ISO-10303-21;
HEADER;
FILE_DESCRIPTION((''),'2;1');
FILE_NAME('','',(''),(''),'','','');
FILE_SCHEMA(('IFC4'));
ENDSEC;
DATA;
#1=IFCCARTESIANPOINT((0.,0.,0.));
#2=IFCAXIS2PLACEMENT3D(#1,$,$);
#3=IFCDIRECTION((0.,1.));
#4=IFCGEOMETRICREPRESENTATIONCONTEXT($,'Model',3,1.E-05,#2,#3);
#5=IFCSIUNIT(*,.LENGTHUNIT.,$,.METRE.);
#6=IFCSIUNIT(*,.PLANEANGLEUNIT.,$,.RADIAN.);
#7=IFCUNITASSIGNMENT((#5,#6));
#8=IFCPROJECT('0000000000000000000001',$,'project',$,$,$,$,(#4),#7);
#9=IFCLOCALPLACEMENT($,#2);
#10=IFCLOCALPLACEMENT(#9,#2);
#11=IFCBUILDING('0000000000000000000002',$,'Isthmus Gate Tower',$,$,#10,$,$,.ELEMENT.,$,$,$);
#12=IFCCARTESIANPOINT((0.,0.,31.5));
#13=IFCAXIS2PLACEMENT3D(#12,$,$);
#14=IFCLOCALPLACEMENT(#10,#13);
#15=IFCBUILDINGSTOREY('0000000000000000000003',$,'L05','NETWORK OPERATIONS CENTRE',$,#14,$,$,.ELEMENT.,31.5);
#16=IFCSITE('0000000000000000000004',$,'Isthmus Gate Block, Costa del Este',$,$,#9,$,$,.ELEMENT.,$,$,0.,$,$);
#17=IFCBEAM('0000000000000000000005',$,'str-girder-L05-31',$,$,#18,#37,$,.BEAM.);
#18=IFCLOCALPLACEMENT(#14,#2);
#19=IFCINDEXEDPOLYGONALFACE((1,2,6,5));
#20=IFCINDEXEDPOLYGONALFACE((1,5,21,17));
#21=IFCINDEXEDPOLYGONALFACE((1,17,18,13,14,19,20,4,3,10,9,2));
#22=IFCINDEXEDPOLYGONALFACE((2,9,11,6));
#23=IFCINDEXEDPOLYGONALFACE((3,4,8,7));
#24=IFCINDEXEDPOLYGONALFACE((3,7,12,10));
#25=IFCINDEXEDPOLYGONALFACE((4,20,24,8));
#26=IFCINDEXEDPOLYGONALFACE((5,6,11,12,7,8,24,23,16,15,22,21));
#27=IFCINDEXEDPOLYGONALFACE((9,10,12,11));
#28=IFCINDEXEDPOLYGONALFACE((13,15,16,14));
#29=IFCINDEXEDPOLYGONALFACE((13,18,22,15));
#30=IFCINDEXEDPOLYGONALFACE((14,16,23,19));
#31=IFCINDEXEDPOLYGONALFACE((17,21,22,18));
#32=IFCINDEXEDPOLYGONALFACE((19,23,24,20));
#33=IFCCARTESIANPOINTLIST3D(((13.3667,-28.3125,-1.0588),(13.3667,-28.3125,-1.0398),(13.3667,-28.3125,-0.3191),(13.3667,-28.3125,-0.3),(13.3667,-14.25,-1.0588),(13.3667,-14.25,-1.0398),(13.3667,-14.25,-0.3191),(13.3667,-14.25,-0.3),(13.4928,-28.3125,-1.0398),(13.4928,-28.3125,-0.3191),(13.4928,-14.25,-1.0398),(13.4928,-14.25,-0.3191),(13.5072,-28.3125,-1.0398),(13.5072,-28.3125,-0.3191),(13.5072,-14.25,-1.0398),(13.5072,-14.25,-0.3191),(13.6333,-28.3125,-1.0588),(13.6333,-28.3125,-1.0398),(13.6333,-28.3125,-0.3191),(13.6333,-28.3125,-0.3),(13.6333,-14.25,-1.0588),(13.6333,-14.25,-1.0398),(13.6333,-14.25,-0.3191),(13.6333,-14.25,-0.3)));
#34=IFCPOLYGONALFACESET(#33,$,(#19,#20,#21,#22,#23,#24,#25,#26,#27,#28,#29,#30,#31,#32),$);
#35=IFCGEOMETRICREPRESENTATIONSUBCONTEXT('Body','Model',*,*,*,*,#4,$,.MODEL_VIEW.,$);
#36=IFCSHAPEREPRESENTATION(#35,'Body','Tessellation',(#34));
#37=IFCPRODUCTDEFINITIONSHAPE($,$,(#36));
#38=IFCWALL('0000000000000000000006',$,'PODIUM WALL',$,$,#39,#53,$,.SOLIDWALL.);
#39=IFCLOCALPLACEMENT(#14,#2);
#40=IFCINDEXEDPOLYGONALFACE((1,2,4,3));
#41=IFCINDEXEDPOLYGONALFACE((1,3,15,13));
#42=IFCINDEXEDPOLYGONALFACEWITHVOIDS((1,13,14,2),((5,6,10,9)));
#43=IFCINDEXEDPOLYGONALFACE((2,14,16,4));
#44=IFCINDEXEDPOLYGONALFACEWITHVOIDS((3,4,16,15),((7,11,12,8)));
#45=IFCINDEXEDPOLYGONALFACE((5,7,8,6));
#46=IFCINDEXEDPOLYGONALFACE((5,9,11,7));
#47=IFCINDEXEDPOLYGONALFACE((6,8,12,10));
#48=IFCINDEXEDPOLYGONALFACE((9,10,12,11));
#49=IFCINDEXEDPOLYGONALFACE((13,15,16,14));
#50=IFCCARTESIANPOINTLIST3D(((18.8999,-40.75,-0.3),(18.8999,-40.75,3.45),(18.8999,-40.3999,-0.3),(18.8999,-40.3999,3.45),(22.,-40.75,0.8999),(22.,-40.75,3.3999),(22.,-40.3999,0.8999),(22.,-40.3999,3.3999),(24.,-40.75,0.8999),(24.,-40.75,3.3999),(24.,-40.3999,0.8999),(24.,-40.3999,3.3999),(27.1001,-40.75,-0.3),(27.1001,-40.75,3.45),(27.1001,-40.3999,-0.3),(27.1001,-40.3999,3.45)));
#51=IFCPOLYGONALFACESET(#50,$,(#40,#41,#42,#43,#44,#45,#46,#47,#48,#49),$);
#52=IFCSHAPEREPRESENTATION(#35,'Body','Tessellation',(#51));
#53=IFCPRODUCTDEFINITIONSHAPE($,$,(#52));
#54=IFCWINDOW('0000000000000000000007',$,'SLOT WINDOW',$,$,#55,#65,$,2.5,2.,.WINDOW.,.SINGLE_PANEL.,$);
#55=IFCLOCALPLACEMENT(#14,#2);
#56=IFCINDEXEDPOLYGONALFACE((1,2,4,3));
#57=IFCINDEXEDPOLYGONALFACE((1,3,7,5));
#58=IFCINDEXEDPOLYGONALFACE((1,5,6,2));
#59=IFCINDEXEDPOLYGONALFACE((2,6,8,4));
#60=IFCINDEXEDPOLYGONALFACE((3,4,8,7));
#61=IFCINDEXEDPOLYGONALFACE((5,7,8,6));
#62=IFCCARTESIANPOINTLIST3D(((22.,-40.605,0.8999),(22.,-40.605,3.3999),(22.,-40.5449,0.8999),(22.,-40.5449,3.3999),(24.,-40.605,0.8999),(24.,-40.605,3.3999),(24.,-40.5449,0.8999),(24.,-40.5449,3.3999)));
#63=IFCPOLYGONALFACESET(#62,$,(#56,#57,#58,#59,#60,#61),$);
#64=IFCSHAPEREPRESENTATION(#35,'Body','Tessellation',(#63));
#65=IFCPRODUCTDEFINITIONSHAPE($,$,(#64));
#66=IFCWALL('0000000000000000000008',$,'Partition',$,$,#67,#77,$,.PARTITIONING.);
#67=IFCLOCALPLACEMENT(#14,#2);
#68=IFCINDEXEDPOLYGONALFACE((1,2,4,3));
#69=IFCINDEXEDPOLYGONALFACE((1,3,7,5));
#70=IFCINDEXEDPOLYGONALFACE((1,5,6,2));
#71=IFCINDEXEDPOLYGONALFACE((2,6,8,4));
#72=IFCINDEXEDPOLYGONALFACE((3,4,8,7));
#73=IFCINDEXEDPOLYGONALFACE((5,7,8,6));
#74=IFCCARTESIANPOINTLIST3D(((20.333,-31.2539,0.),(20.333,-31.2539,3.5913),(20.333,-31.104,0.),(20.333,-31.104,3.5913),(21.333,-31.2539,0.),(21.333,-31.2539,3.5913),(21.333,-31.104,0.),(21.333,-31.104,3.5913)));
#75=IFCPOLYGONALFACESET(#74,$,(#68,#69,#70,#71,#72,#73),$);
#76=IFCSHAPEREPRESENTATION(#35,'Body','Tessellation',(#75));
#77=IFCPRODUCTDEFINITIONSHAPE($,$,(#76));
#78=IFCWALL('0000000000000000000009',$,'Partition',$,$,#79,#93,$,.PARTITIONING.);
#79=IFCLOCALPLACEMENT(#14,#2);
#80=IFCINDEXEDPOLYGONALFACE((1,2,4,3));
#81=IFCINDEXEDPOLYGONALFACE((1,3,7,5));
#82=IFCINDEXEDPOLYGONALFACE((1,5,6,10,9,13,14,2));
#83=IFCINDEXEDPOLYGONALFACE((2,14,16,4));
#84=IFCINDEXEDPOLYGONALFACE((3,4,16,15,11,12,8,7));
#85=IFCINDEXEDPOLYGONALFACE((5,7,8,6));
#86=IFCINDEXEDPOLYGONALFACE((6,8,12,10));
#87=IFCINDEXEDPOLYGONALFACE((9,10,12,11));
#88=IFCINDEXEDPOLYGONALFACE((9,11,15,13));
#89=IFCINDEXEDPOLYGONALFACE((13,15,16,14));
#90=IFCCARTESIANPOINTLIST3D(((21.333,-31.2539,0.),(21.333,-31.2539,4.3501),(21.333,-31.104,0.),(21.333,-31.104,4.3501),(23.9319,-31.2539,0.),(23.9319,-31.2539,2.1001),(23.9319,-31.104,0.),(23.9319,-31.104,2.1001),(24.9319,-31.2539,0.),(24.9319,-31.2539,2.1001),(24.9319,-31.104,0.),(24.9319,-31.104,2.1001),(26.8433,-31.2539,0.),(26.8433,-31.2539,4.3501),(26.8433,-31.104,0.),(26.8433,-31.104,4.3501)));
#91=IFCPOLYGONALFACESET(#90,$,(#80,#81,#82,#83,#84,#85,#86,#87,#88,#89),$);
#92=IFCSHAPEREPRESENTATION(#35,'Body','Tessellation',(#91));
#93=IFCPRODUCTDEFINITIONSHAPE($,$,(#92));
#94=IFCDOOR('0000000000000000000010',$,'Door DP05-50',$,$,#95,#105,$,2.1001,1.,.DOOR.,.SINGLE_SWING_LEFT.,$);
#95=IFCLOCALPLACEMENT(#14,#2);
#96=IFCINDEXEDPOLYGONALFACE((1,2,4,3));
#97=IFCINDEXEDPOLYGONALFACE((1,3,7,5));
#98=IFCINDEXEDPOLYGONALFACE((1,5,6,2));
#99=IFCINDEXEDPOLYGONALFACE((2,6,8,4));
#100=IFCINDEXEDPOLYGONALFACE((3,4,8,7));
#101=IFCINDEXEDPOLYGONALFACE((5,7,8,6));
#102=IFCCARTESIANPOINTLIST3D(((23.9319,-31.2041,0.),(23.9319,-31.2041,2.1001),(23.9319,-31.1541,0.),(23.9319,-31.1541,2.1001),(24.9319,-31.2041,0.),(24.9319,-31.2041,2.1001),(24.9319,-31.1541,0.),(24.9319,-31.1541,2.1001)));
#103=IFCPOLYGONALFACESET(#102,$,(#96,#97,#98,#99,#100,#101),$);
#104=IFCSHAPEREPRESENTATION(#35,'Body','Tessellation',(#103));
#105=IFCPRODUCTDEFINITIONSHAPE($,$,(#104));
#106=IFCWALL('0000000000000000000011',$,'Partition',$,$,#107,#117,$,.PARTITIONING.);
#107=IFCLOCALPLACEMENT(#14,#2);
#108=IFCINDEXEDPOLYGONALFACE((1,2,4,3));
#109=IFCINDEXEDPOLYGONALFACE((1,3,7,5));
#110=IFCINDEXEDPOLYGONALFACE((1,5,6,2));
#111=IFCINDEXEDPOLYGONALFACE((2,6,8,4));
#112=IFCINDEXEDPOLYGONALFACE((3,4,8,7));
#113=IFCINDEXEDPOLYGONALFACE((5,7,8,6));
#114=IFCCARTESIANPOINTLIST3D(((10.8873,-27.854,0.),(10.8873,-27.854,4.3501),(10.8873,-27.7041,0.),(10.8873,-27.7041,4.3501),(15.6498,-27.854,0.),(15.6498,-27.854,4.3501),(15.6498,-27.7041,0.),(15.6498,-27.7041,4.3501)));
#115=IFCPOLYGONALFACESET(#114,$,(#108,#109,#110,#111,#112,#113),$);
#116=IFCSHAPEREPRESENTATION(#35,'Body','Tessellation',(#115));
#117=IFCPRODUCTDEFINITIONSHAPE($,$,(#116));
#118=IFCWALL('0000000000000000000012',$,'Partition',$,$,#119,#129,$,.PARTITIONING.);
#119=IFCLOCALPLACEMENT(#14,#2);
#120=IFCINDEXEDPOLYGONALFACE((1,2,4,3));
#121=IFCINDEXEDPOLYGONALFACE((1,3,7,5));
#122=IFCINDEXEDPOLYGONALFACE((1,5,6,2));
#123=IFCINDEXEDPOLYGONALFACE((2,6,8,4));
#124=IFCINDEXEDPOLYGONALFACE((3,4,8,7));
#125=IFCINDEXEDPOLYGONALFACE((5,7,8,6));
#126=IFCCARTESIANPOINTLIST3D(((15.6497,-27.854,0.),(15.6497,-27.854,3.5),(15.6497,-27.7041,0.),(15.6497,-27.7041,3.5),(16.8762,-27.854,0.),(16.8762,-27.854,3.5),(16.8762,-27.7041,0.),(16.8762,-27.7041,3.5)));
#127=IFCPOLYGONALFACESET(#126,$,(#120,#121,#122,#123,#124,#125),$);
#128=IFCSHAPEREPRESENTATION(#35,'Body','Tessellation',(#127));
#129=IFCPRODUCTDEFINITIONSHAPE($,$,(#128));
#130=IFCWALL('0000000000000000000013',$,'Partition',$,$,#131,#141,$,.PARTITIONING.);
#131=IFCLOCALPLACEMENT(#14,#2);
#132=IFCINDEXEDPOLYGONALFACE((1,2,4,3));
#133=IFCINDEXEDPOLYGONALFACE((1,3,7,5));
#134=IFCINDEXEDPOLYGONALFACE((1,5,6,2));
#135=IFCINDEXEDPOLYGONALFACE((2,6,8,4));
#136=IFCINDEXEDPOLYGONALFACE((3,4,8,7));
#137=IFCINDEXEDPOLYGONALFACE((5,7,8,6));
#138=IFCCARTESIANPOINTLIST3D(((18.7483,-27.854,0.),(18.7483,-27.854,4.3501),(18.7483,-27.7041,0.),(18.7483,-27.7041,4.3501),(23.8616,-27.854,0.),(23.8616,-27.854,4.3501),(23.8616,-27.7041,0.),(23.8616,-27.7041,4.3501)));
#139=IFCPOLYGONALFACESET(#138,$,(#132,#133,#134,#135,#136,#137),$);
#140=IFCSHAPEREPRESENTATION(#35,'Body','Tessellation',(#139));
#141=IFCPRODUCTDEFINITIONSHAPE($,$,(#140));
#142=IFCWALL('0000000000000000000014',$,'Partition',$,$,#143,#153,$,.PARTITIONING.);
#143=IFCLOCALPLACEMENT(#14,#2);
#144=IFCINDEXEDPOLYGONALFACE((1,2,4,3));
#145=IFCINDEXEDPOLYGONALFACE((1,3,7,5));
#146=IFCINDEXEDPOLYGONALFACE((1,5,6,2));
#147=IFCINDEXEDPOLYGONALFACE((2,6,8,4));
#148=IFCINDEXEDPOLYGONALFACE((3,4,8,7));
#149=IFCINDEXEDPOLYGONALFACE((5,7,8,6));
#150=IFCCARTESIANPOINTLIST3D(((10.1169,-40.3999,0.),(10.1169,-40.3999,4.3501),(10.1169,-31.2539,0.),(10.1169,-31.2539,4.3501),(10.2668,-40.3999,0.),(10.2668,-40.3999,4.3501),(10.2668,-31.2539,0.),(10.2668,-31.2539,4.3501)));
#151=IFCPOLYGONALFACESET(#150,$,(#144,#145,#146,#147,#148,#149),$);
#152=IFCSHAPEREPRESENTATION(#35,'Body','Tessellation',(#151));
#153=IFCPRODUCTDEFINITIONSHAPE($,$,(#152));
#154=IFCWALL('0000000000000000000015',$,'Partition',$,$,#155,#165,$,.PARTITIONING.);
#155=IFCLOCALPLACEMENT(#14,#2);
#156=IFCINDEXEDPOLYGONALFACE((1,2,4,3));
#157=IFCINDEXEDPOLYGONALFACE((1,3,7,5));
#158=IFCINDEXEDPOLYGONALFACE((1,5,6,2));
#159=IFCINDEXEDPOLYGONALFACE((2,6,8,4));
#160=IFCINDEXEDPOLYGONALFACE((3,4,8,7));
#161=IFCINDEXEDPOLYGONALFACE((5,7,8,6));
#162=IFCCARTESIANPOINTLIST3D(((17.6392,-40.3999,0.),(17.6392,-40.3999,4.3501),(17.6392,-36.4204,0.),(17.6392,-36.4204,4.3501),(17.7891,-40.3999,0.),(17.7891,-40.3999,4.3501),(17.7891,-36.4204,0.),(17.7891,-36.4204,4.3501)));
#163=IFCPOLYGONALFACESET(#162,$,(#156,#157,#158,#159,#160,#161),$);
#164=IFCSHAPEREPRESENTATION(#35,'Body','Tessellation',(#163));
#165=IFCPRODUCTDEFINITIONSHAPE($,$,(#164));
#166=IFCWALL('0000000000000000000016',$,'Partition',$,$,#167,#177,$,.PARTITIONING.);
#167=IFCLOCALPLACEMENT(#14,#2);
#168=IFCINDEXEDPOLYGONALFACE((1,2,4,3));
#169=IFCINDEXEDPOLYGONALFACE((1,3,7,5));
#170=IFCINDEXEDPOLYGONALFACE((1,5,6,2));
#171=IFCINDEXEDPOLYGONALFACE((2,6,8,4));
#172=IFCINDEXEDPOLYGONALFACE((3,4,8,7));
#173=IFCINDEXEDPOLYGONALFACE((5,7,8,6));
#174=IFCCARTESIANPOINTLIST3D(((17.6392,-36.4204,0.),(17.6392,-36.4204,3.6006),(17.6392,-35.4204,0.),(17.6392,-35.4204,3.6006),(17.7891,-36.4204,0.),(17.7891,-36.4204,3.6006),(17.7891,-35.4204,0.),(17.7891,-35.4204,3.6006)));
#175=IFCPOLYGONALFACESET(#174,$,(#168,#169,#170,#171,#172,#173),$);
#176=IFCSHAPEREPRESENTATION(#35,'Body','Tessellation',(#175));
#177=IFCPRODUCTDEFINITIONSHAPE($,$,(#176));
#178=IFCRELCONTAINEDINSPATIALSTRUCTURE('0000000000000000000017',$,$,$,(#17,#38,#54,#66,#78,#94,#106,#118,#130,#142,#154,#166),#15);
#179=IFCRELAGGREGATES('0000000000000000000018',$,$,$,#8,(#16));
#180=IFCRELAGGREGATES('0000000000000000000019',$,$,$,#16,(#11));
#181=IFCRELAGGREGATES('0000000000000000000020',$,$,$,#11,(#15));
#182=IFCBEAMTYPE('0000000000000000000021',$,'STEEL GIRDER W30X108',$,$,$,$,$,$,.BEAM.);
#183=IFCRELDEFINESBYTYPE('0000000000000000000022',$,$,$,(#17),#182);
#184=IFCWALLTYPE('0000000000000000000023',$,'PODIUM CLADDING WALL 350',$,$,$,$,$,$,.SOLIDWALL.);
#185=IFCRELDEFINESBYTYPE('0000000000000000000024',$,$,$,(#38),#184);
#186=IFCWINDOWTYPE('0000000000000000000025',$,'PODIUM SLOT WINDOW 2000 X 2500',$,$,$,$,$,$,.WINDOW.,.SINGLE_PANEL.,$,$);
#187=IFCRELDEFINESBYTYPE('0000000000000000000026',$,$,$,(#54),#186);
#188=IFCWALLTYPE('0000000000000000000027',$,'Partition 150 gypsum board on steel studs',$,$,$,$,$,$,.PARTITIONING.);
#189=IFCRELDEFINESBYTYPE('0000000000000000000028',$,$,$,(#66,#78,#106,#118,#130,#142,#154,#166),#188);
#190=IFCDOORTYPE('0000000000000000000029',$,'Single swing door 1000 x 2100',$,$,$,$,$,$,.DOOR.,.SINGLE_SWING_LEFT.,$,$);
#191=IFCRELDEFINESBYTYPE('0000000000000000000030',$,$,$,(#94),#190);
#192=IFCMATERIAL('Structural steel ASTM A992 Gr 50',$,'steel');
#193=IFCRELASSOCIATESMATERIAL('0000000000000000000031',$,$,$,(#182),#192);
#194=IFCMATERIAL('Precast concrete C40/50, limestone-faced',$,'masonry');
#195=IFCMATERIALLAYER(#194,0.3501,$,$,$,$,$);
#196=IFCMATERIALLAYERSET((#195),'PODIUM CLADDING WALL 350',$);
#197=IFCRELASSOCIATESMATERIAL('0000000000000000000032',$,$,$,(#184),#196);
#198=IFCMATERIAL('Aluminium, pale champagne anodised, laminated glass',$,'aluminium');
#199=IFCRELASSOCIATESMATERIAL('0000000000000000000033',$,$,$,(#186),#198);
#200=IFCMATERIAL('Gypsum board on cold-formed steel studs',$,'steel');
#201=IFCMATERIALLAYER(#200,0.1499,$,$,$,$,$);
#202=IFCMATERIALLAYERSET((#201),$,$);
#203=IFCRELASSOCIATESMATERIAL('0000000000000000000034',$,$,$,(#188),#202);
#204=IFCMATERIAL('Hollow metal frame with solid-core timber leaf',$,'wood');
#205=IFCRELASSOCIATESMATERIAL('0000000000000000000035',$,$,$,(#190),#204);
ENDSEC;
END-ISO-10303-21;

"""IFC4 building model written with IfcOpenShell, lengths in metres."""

from ifc_helpers import new_model, si_unit, direction, frame, frame_2d, origin, origin_2d, place, context, subcontext, project, spatial, rectangle, i_section, extrude, material, layer, layer_set, material_profile, profile_set, type_object, element, fill, save


model = new_model("IFC4")

# Units and contexts
model_context = context("Model", 3, precision=1e-05, world=origin(), true_north=direction((0.0, 1.0)))
body_context = subcontext(model_context, "Body", "Model", "MODEL_VIEW")
ifc_project = project(units=[si_unit("LENGTHUNIT", "METRE"), si_unit("PLANEANGLEUNIT", "RADIAN")], contexts=[model_context])

# Site, building, storey
site_placement = place(None, origin())
site = spatial("IfcSite", under=ifc_project, at=site_placement, Name="Isthmus Gate Block, Costa del Este", CompositionType="ELEMENT", RefElevation=0.0)
building_placement = place(site_placement, origin())
building = spatial("IfcBuilding", under=site, at=building_placement, Name="Isthmus Gate Tower", CompositionType="ELEMENT")
storey_placement = place(building_placement, frame((0.0, 0.0, 31.5)))
storey = spatial("IfcBuildingStorey", under=building, at=storey_placement, Name="L05", Description="NETWORK OPERATIONS CENTRE", CompositionType="ELEMENT", Elevation=31.5)

# Beam
ifc_material_1 = material(Name="Structural steel ASTM A992 Gr 50", Category="steel")
ifc_material_profile_1 = material_profile(ifc_material_1, i_section(OverallWidth=0.2666, OverallDepth=0.7588, WebThickness=0.0144, FlangeThickness=0.019, at=origin_2d()), Name="W30X108")
ifc_profile_set_1 = profile_set([ifc_material_profile_1], Name="Structural steel ASTM A992 Gr 50")
beam_type_1 = type_object("IfcBeamType", Name="STEEL GIRDER W30X108", PredefinedType="BEAM", material=ifc_profile_set_1)
beam_1_placement = place(storey_placement, frame((13.5, -28.3125, -0.6794), z_axis=(0.0, 1.0, 0.0), x_axis=(-1.0, 0.0, 0.0)))
element("IfcBeam", 1, at=beam_1_placement, inside=storey, type_object=beam_type_1, Name="str-girder-L05-31", PredefinedType="BEAM", context=body_context, shape_type="SweptSolid", body=[
    extrude(i_section(OverallWidth=0.2666, OverallDepth=0.7588, WebThickness=0.0144, FlangeThickness=0.019, at=origin_2d()), origin(), (0.0, 0.0, 1.0), 14.0625),
])

# Wall, opening, window
ifc_material_2 = material(Name="Precast concrete C40/50, limestone-faced", Category="masonry")
ifc_layer_1 = layer(ifc_material_2, 0.3501)
ifc_layer_set_1 = layer_set([ifc_layer_1], Name="PODIUM CLADDING WALL 350")
wall_type_1 = type_object("IfcWallType", Name="PODIUM CLADDING WALL 350", PredefinedType="SOLIDWALL", material=ifc_layer_set_1)
wall_1_placement = place(storey_placement, frame((18.8999, -40.575, -0.3), z_axis=(0.0, 0.0, 1.0), x_axis=(1.0, 0.0, 0.0)))
wall_1 = element("IfcWall", 2, at=wall_1_placement, inside=storey, type_object=wall_type_1, Name="PODIUM WALL", PredefinedType="SOLIDWALL", context=body_context, shape_type="SweptSolid", body=[
    extrude(rectangle(XDim=8.2002, YDim=0.3501, at=frame_2d((4.1001, 0.0))), origin(), (0.0, 0.0, 1.0), 3.75),
])
opening_1_placement = place(wall_1_placement, frame((3.1001, 0.0, 1.2)))
opening_1 = element("IfcOpeningElement", 3, at=opening_1_placement, cuts=wall_1, PredefinedType="OPENING", context=body_context, shape_type="SweptSolid", body=[
    extrude(rectangle(XDim=2.0, YDim=2.5, at=frame_2d((1.0, 1.25))), frame((0.0, 0.1851, 0.0), z_axis=(0.0, -1.0, 0.0), x_axis=(1.0, 0.0, 0.0)), (0.0, 0.0, 1.0), 0.3701),
])
ifc_material_3 = material(Name="Aluminium, pale champagne anodised, laminated glass", Category="aluminium")
window_type = type_object("IfcWindowType", Name="PODIUM SLOT WINDOW 2000 X 2500", PartitioningType="SINGLE_PANEL", PredefinedType="WINDOW", material=ifc_material_3)
window_placement = place(opening_1_placement, origin())
window = element("IfcWindow", 4, at=window_placement, inside=storey, type_object=window_type, Name="SLOT WINDOW", OverallHeight=2.5, OverallWidth=2.0, PartitioningType="SINGLE_PANEL", PredefinedType="WINDOW", context=body_context, shape_type="SweptSolid", body=[
    extrude(rectangle(XDim=2.0, YDim=2.5, at=frame_2d((1.0, 1.25))), frame((0.0, 0.03, 0.0), z_axis=(0.0, -1.0, 0.0), x_axis=(1.0, 0.0, 0.0)), (0.0, 0.0, 1.0), 0.0601),
])
fill(opening_1, window)

# Wall
ifc_material_4 = material(Name="Gypsum board on cold-formed steel studs", Category="steel")
ifc_layer_2 = layer(ifc_material_4, 0.1499)
ifc_layer_set_2 = layer_set([ifc_layer_2])
wall_type_2 = type_object("IfcWallType", Name="Partition 150 gypsum board on steel studs", PredefinedType="PARTITIONING", material=ifc_layer_set_2)
wall_2_placement = place(storey_placement, frame((20.333, -31.179, 0.0), z_axis=(0.0, 0.0, 1.0), x_axis=(1.0, 0.0, 0.0)))
element("IfcWall", 5, at=wall_2_placement, inside=storey, type_object=wall_type_2, Name="Partition", PredefinedType="PARTITIONING", context=body_context, shape_type="SweptSolid", body=[
    extrude(rectangle(XDim=1.0, YDim=0.1499, at=frame_2d((0.5, 0.0))), origin(), (0.0, 0.0, 1.0), 3.5913),
])

# Wall, opening, door
wall_3_placement = place(storey_placement, frame((21.333, -31.179, 0.0), z_axis=(0.0, 0.0, 1.0), x_axis=(1.0, 0.0, 0.0)))
wall_3 = element("IfcWall", 6, at=wall_3_placement, inside=storey, type_object=wall_type_2, Name="Partition", PredefinedType="PARTITIONING", context=body_context, shape_type="SweptSolid", body=[
    extrude(rectangle(XDim=5.5103, YDim=0.1499, at=frame_2d((2.7551, 0.0))), origin(), (0.0, 0.0, 1.0), 4.3501),
])
opening_2_placement = place(wall_3_placement, frame((2.5989, 0.0, 0.0)))
opening_2 = element("IfcOpeningElement", 7, at=opening_2_placement, cuts=wall_3, PredefinedType="OPENING", context=body_context, shape_type="SweptSolid", body=[
    extrude(rectangle(XDim=1.0, YDim=2.1001, at=frame_2d((0.5, 1.05))), frame((0.0, 0.085, 0.0), z_axis=(0.0, -1.0, 0.0), x_axis=(1.0, 0.0, 0.0)), (0.0, 0.0, 1.0), 0.1699),
])
ifc_material_5 = material(Name="Hollow metal frame with solid-core timber leaf", Category="wood")
door_type = type_object("IfcDoorType", Name="Single swing door 1000 x 2100", OperationType="SINGLE_SWING_LEFT", PredefinedType="DOOR", material=ifc_material_5)
door_placement = place(opening_2_placement, origin())
door = element("IfcDoor", 8, at=door_placement, inside=storey, type_object=door_type, Name="Door DP05-50", OperationType="SINGLE_SWING_LEFT", OverallHeight=2.1001, OverallWidth=1.0, PredefinedType="DOOR", context=body_context, shape_type="SweptSolid", body=[
    extrude(rectangle(XDim=1.0, YDim=2.1001, at=frame_2d((0.5, 1.05))), frame((0.0, 0.0249, 0.0), z_axis=(0.0, -1.0, 0.0), x_axis=(1.0, 0.0, 0.0)), (0.0, 0.0, 1.0), 0.05),
])
fill(opening_2, door)

# Walls
wall_4_placement = place(storey_placement, frame((10.8872, -27.7791, 0.0), z_axis=(0.0, 0.0, 1.0), x_axis=(1.0, 0.0, 0.0)))
element("IfcWall", 9, at=wall_4_placement, inside=storey, type_object=wall_type_2, Name="Partition", PredefinedType="PARTITIONING", context=body_context, shape_type="SweptSolid", body=[
    extrude(rectangle(XDim=4.7625, YDim=0.1499, at=frame_2d((2.3813, 0.0))), origin(), (0.0, 0.0, 1.0), 4.3501),
])
wall_5_placement = place(storey_placement, frame((15.6497, -27.7791, 0.0), z_axis=(0.0, 0.0, 1.0), x_axis=(1.0, 0.0, 0.0)))
element("IfcWall", 10, at=wall_5_placement, inside=storey, type_object=wall_type_2, Name="Partition", PredefinedType="PARTITIONING", context=body_context, shape_type="SweptSolid", body=[
    extrude(rectangle(XDim=1.2266, YDim=0.1499, at=frame_2d((0.6133, 0.0))), origin(), (0.0, 0.0, 1.0), 3.5),
])
wall_6_placement = place(storey_placement, frame((18.7483, -27.7791, 0.0), z_axis=(0.0, 0.0, 1.0), x_axis=(1.0, 0.0, 0.0)))
element("IfcWall", 11, at=wall_6_placement, inside=storey, type_object=wall_type_2, Name="Partition", PredefinedType="PARTITIONING", context=body_context, shape_type="SweptSolid", body=[
    extrude(rectangle(XDim=5.1133, YDim=0.1499, at=frame_2d((2.5566, 0.0))), origin(), (0.0, 0.0, 1.0), 4.3501),
])
wall_7_placement = place(storey_placement, frame((10.1919, -40.3999, 0.0), z_axis=(0.0, 0.0, 1.0), x_axis=(0.0, 1.0, 0.0)))
element("IfcWall", 12, at=wall_7_placement, inside=storey, type_object=wall_type_2, Name="Partition", PredefinedType="PARTITIONING", context=body_context, shape_type="SweptSolid", body=[
    extrude(rectangle(XDim=9.146, YDim=0.1499, at=frame_2d((4.573, 0.0))), origin(), (0.0, 0.0, 1.0), 4.3501),
])
wall_8_placement = place(storey_placement, frame((17.7141, -40.3999, 0.0), z_axis=(0.0, 0.0, 1.0), x_axis=(0.0, 1.0, 0.0)))
element("IfcWall", 13, at=wall_8_placement, inside=storey, type_object=wall_type_2, Name="Partition", PredefinedType="PARTITIONING", context=body_context, shape_type="SweptSolid", body=[
    extrude(rectangle(XDim=3.9795, YDim=0.1499, at=frame_2d((1.9897, 0.0))), origin(), (0.0, 0.0, 1.0), 4.3501),
])
wall_9_placement = place(storey_placement, frame((17.7141, -36.4204, 0.0), z_axis=(0.0, 0.0, 1.0), x_axis=(0.0, 1.0, 0.0)))
element("IfcWall", 14, at=wall_9_placement, inside=storey, type_object=wall_type_2, Name="Partition", PredefinedType="PARTITIONING", context=body_context, shape_type="SweptSolid", body=[
    extrude(rectangle(XDim=1.0, YDim=0.1499, at=frame_2d((0.5, 0.0))), origin(), (0.0, 0.0, 1.0), 3.6006),
])

save(model, "model.ifc")
